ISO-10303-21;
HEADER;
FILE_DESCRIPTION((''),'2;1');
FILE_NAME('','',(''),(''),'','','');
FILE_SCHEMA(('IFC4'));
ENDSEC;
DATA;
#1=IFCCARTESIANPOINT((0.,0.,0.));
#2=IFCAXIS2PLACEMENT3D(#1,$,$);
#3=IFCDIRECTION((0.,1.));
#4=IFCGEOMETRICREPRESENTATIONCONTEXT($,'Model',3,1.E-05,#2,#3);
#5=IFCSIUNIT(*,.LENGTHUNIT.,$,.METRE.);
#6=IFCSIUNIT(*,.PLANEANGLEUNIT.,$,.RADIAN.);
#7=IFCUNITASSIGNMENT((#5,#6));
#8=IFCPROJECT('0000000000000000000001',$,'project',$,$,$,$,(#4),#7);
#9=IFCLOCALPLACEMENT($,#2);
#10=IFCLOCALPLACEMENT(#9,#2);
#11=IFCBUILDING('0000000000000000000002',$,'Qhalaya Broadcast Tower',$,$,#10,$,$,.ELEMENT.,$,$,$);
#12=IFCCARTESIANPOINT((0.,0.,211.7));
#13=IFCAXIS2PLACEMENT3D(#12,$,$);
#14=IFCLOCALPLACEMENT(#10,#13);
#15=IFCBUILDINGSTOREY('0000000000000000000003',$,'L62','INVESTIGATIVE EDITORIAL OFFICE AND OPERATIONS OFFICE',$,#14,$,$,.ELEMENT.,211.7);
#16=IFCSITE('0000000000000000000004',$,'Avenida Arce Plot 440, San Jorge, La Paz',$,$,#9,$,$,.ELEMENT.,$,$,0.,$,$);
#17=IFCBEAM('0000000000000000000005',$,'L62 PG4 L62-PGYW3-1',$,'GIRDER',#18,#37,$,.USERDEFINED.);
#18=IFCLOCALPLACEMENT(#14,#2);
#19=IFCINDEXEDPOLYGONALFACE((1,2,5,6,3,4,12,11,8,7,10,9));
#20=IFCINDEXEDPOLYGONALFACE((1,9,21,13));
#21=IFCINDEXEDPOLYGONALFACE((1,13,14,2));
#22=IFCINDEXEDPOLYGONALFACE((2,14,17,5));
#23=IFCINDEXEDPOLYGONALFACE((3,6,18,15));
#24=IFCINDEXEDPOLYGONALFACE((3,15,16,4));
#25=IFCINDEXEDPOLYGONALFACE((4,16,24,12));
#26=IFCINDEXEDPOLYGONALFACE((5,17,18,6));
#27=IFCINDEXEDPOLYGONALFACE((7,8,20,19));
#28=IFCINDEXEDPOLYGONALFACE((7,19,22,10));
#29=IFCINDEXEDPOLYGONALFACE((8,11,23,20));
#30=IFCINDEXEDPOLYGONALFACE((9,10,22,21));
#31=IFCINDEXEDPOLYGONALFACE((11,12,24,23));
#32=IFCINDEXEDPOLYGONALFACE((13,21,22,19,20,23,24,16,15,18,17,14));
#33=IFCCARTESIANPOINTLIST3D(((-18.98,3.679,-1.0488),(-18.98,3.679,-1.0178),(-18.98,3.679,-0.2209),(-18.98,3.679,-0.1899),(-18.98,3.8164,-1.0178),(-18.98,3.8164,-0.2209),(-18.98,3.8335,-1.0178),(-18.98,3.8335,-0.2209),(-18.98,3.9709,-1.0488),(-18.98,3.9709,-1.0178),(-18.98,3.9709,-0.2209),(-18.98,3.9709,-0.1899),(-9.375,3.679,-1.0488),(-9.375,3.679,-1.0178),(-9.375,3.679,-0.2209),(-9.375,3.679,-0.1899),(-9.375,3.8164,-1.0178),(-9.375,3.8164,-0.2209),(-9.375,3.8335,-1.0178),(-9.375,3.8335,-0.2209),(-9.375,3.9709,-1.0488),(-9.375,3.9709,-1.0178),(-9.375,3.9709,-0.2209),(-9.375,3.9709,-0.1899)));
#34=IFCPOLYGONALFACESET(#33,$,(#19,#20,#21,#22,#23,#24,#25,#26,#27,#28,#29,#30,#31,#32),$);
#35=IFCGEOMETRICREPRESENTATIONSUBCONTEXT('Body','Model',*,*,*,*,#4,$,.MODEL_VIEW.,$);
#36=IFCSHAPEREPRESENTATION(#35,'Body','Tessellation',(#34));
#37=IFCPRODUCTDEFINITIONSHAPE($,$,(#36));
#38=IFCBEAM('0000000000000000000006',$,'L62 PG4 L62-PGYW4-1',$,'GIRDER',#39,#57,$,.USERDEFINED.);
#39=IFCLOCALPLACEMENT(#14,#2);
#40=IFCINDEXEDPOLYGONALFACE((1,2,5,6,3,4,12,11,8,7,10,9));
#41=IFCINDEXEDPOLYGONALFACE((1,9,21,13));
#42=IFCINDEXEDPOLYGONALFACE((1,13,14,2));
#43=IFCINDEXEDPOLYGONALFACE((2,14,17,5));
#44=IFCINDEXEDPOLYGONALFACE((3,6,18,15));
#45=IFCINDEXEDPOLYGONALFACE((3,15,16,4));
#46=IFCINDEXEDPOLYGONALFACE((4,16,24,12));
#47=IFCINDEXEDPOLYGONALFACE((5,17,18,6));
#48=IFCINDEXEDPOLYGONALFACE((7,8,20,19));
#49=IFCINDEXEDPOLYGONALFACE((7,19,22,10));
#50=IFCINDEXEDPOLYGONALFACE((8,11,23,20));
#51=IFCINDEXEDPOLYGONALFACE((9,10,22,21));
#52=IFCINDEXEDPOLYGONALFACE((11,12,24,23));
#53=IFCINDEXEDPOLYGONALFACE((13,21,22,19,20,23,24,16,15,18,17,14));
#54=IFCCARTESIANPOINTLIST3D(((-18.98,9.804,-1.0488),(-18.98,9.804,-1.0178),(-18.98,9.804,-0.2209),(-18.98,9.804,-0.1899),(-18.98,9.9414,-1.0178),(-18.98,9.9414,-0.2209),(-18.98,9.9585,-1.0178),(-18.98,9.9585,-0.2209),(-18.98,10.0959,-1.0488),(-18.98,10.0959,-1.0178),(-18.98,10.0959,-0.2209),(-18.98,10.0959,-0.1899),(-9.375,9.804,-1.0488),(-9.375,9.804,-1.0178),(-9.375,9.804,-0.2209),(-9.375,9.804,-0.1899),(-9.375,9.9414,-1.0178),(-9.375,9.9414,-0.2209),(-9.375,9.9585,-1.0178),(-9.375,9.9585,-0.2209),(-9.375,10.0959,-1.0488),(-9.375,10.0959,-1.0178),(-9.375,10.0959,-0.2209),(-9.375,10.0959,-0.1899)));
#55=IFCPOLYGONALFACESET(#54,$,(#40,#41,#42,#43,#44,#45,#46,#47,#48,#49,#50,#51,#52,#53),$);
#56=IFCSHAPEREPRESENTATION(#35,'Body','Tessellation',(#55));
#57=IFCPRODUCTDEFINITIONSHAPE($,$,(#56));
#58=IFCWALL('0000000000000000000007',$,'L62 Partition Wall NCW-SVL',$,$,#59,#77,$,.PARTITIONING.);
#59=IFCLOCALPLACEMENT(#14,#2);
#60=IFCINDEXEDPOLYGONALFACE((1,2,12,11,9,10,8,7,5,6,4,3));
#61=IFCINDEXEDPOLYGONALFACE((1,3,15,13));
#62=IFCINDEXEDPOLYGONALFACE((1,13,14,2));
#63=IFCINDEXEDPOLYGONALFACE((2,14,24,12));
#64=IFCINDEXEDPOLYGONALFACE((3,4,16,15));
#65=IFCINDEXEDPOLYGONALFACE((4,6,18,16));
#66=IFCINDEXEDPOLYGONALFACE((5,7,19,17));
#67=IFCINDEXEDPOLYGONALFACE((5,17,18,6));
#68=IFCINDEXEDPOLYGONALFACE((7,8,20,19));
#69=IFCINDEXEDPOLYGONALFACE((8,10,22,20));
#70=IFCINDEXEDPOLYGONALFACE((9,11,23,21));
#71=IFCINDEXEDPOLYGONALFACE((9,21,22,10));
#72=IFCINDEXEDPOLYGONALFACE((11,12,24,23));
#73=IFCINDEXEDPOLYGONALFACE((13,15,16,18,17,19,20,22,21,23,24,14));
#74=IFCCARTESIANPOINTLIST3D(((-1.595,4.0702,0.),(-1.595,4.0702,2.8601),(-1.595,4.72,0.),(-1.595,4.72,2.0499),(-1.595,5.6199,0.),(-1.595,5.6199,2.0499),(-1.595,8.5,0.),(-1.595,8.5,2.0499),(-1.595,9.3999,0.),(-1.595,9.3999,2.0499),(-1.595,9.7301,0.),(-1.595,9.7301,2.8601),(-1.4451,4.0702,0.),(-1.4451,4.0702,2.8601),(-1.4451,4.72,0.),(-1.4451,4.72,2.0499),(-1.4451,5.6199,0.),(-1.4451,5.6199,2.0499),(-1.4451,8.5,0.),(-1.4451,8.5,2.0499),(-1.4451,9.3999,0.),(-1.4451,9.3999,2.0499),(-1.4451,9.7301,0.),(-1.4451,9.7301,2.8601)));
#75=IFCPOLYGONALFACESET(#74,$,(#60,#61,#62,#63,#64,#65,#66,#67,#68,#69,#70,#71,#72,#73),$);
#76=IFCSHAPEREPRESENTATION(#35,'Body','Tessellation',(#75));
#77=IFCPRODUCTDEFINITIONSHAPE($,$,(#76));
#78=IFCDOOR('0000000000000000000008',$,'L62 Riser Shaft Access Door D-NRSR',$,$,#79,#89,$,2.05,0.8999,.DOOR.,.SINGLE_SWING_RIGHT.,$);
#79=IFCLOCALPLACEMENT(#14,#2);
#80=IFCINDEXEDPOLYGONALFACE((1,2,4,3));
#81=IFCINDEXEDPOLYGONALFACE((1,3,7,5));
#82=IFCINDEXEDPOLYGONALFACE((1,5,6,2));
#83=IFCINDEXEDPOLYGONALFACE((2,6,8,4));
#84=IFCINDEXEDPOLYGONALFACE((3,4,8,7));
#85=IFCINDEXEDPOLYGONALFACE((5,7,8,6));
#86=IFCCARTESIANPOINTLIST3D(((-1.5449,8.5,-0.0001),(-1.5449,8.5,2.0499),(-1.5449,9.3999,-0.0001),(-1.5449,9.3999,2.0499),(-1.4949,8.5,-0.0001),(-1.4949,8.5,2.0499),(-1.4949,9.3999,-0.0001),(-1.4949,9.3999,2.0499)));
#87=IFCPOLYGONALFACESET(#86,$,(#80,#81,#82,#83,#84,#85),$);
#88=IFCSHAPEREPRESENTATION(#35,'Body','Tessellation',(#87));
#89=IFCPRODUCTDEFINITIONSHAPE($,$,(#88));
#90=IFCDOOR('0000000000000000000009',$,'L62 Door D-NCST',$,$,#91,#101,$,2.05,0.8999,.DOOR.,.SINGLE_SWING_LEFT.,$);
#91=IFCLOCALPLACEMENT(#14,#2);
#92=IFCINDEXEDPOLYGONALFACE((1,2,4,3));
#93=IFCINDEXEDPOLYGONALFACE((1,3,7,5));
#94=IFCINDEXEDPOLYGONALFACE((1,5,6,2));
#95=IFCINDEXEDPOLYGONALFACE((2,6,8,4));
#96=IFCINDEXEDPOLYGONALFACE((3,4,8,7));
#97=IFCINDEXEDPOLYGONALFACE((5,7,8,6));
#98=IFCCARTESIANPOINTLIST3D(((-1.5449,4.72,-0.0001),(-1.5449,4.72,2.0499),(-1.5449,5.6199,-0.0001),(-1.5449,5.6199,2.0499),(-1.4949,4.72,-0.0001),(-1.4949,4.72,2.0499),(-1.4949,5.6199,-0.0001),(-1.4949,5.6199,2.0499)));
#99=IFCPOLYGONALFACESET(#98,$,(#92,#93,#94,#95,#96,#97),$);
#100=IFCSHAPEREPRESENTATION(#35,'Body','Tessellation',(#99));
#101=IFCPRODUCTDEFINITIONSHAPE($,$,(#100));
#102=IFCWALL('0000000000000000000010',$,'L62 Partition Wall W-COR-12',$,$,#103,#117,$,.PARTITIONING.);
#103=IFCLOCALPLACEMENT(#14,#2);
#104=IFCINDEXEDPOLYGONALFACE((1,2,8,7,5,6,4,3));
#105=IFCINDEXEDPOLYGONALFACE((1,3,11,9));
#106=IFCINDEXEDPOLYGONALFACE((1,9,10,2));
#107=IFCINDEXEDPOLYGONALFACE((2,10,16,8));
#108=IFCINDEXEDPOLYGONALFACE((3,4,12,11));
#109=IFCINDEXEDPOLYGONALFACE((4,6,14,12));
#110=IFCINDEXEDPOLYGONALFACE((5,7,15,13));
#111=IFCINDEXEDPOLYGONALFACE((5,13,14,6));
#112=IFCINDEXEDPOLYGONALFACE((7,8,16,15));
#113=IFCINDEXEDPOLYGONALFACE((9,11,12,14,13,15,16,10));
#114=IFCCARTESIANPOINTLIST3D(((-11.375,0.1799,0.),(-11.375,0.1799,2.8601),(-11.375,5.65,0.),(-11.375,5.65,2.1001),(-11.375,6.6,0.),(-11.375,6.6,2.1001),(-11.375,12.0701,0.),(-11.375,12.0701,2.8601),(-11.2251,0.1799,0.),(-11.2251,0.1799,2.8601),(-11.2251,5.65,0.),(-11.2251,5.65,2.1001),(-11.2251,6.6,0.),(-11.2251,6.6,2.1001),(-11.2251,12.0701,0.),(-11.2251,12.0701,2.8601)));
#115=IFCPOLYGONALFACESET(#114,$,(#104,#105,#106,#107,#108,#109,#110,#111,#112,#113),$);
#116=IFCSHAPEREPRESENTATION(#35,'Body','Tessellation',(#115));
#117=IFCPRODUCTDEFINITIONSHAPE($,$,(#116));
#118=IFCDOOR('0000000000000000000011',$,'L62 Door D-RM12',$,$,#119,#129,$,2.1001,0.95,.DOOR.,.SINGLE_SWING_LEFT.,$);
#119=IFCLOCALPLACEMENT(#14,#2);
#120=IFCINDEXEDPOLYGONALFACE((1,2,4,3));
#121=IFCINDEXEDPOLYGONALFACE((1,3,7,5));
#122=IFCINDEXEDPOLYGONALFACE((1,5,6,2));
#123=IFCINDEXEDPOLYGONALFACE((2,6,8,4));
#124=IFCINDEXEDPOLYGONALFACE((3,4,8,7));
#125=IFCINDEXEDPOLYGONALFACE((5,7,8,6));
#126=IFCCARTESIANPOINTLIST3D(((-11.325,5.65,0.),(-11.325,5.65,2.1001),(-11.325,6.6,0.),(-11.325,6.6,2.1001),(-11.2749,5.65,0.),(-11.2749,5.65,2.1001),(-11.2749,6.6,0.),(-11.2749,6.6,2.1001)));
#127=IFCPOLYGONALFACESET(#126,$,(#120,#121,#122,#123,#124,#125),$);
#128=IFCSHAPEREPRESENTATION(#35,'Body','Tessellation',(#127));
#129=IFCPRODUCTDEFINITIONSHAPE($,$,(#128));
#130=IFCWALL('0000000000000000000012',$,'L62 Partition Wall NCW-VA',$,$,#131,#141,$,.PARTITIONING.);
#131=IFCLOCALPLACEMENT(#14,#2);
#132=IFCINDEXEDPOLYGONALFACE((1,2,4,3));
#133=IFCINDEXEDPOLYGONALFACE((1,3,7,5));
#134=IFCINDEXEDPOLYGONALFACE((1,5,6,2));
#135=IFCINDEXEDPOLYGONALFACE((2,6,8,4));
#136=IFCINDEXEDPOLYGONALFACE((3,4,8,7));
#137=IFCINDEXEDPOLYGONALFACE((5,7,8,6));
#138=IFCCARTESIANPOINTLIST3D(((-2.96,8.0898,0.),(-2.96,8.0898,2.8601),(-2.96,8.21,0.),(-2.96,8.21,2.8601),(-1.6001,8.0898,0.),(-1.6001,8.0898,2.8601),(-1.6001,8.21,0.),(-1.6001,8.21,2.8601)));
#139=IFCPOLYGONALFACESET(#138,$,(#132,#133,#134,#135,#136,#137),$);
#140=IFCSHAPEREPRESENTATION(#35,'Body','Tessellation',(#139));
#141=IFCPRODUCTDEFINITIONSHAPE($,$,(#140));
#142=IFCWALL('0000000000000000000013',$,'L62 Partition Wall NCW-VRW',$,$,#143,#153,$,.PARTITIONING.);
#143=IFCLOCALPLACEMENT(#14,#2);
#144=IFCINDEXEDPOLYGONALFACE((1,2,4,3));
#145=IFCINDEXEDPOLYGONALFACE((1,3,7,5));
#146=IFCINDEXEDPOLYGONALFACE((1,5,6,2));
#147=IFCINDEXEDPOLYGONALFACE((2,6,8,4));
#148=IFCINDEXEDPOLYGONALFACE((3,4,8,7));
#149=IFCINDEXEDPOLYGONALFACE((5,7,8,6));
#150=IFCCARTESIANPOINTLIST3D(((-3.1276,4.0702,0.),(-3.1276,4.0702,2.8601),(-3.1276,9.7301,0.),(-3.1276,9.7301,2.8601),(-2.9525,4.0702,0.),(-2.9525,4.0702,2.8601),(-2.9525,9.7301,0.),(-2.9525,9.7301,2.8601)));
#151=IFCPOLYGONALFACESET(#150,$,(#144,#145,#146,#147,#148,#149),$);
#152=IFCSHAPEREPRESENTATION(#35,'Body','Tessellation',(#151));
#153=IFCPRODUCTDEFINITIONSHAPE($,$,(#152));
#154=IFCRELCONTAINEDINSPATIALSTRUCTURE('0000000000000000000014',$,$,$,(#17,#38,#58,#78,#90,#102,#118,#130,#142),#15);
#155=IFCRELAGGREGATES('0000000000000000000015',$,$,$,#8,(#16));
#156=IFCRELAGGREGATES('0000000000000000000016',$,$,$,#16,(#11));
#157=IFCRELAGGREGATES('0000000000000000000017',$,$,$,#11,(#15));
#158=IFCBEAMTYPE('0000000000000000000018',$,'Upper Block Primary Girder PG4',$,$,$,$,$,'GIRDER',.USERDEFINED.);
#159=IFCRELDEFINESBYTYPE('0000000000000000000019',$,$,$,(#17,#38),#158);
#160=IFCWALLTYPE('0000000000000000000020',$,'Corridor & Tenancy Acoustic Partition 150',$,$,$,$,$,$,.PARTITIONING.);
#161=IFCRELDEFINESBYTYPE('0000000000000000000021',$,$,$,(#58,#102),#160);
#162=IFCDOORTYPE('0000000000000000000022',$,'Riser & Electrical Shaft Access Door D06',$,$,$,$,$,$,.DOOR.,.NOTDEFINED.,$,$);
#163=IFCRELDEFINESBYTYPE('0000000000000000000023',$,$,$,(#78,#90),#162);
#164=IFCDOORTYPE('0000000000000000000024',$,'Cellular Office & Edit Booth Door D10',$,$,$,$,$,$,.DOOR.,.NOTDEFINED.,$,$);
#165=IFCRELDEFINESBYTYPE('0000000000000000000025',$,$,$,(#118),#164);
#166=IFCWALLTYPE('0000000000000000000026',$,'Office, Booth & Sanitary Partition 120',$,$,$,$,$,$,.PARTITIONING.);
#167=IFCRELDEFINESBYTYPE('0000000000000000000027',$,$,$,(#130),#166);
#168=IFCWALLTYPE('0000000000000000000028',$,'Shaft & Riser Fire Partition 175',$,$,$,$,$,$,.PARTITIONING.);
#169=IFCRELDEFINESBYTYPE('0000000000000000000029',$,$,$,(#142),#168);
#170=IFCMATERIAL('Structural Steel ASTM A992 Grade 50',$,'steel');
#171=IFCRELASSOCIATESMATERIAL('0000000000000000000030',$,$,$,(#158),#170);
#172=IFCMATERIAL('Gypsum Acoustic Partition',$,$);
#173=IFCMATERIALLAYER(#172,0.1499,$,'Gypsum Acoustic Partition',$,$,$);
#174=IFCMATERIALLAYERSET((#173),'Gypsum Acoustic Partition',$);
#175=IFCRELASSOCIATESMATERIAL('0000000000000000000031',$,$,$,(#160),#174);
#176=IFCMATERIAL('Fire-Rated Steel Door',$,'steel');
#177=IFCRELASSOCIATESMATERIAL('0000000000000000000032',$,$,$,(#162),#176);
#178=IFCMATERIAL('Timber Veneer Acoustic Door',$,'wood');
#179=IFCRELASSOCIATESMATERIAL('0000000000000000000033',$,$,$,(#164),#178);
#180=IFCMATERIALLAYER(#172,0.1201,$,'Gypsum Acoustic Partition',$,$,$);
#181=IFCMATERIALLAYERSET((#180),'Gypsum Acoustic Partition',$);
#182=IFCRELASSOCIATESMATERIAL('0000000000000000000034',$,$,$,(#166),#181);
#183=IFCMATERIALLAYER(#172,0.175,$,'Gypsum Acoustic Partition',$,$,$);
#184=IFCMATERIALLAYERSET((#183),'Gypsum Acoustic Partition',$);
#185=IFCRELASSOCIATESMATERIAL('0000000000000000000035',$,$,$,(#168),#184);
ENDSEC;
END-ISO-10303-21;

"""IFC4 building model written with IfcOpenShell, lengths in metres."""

from ifc_helpers import new_model, si_unit, direction, frame, frame_2d, origin, origin_2d, place, context, subcontext, project, spatial, rectangle, i_section, extrude, material, layer, layer_set, material_profile, profile_set, type_object, element, fill, save


model = new_model("IFC4")

# Units and contexts
model_context = context("Model", 3, precision=1e-05, world=origin(), true_north=direction((0.0, 1.0)))
body_context = subcontext(model_context, "Body", "Model", "MODEL_VIEW")
ifc_project = project(units=[si_unit("LENGTHUNIT", "METRE"), si_unit("PLANEANGLEUNIT", "RADIAN")], contexts=[model_context])

# Site, building, storey
site_placement = place(None, origin())
site = spatial("IfcSite", under=ifc_project, at=site_placement, Name="Avenida Arce Plot 440, San Jorge, La Paz", CompositionType="ELEMENT", RefElevation=0.0)
building_placement = place(site_placement, origin())
building = spatial("IfcBuilding", under=site, at=building_placement, Name="Qhalaya Broadcast Tower", CompositionType="ELEMENT")
storey_placement = place(building_placement, frame((0.0, 0.0, 211.7)))
storey = spatial("IfcBuildingStorey", under=building, at=storey_placement, Name="L62", Description="INVESTIGATIVE EDITORIAL OFFICE AND OPERATIONS OFFICE", CompositionType="ELEMENT", Elevation=211.7)

# Beams
ifc_material_1 = material(Name="Structural Steel ASTM A992 Grade 50", Category="steel")
ifc_material_profile_1 = material_profile(ifc_material_1, i_section(OverallWidth=0.292, OverallDepth=0.8589, WebThickness=0.0171, FlangeThickness=0.031, at=origin_2d()), Name="W33X169")
ifc_profile_set_1 = profile_set([ifc_material_profile_1], Name="Structural Steel ASTM A992 Grade 50")
beam_type_1 = type_object("IfcBeamType", Name="Upper Block Primary Girder PG4", ElementType="GIRDER", PredefinedType="USERDEFINED", material=ifc_profile_set_1)
for number, where, z_axis, x_axis, name in (
    (1, (-18.98, 3.825, -0.6194), (1.0, 0.0, 0.0), (0.0, 1.0, 0.0), "L62 PG4 L62-PGYW3-1"),
    (2, (-18.98, 9.95, -0.6194), (1.0, 0.0, 0.0), (0.0, 1.0, 0.0), "L62 PG4 L62-PGYW4-1"),
):
    element("IfcBeam", number, at=place(storey_placement, frame(where, z_axis=z_axis, x_axis=x_axis)), inside=storey, type_object=beam_type_1, Name=name, ObjectType="GIRDER", PredefinedType="USERDEFINED", context=body_context, shape_type="SweptSolid", body=[
        extrude(i_section(OverallWidth=0.292, OverallDepth=0.8589, WebThickness=0.0171, FlangeThickness=0.031, at=origin_2d()), origin(), (0.0, 0.0, 1.0), 9.605),
    ])

# Wall, openings, doors
ifc_material_2 = material(Name="Gypsum Acoustic Partition")
ifc_layer_1 = layer(ifc_material_2, 0.1499, Name="Gypsum Acoustic Partition")
ifc_layer_set_1 = layer_set([ifc_layer_1], Name="Gypsum Acoustic Partition")
wall_type_1 = type_object("IfcWallType", Name="Corridor & Tenancy Acoustic Partition 150", PredefinedType="PARTITIONING", material=ifc_layer_set_1)
wall_1_placement = place(storey_placement, frame((-1.52, 4.0701, 0.0), z_axis=(0.0, 0.0, 1.0), x_axis=(0.0, 1.0, 0.0)))
wall_1 = element("IfcWall", 3, at=wall_1_placement, inside=storey, type_object=wall_type_1, Name="L62 Partition Wall NCW-SVL", PredefinedType="PARTITIONING", context=body_context, shape_type="SweptSolid", body=[
    extrude(rectangle(XDim=5.6599, YDim=0.1499, at=frame_2d((2.8301, 0.0))), origin(), (0.0, 0.0, 1.0), 2.8601),
])
opening_1_placement = place(wall_1_placement, frame((4.4299, 0.0, 0.0)))
opening_1 = element("IfcOpeningElement", 4, at=opening_1_placement, cuts=wall_1, PredefinedType="OPENING", context=body_context, shape_type="SweptSolid", body=[
    extrude(rectangle(XDim=0.8999, YDim=2.05, at=frame_2d((0.45, 1.0249))), frame((0.0, 0.0869, 0.0), z_axis=(0.0, -1.0, 0.0), x_axis=(1.0, 0.0, 0.0)), (0.0, 0.0, 1.0), 0.1738),
])
opening_2_placement = place(wall_1_placement, frame((0.6499, 0.0, 0.0)))
opening_2 = element("IfcOpeningElement", 5, at=opening_2_placement, cuts=wall_1, PredefinedType="OPENING", context=body_context, shape_type="SweptSolid", body=[
    extrude(rectangle(XDim=0.8999, YDim=2.05, at=frame_2d((0.45, 1.0249))), frame((0.0, 0.0869, 0.0), z_axis=(0.0, -1.0, 0.0), x_axis=(1.0, 0.0, 0.0)), (0.0, 0.0, 1.0), 0.1738),
])
ifc_material_3 = material(Name="Fire-Rated Steel Door", Category="steel")
door_type_1 = type_object("IfcDoorType", Name="Riser & Electrical Shaft Access Door D06", OperationType="NOTDEFINED", PredefinedType="DOOR", material=ifc_material_3)
door_1_placement = place(opening_1_placement, origin())
door_1 = element("IfcDoor", 6, at=door_1_placement, inside=storey, type_object=door_type_1, Name="L62 Riser Shaft Access Door D-NRSR", OperationType="SINGLE_SWING_RIGHT", OverallHeight=2.05, OverallWidth=0.8999, PredefinedType="DOOR", context=body_context, shape_type="SweptSolid", body=[
    extrude(rectangle(XDim=0.8999, YDim=2.05, at=frame_2d((0.45, 1.0249))), frame((0.0, 0.0249, 0.0), z_axis=(0.0, -1.0, 0.0), x_axis=(1.0, 0.0, 0.0)), (0.0, 0.0, 1.0), 0.05),
])
fill(opening_1, door_1)
door_2_placement = place(opening_2_placement, origin())
door_2 = element("IfcDoor", 7, at=door_2_placement, inside=storey, type_object=door_type_1, Name="L62 Door D-NCST", OperationType="SINGLE_SWING_LEFT", OverallHeight=2.05, OverallWidth=0.8999, PredefinedType="DOOR", context=body_context, shape_type="SweptSolid", body=[
    extrude(rectangle(XDim=0.8999, YDim=2.05, at=frame_2d((0.45, 1.0249))), frame((0.0, 0.0249, 0.0), z_axis=(0.0, -1.0, 0.0), x_axis=(1.0, 0.0, 0.0)), (0.0, 0.0, 1.0), 0.05),
])
fill(opening_2, door_2)

# Wall, opening, door
wall_2_placement = place(storey_placement, frame((-11.3, 0.1799, 0.0), z_axis=(0.0, 0.0, 1.0), x_axis=(0.0, 1.0, 0.0)))
wall_2 = element("IfcWall", 8, at=wall_2_placement, inside=storey, type_object=wall_type_1, Name="L62 Partition Wall W-COR-12", PredefinedType="PARTITIONING", context=body_context, shape_type="SweptSolid", body=[
    extrude(rectangle(XDim=11.8901, YDim=0.1499, at=frame_2d((5.9451, 0.0))), origin(), (0.0, 0.0, 1.0), 2.8601),
])
opening_3_placement = place(wall_2_placement, frame((5.47, 0.0, 0.0)))
opening_3 = element("IfcOpeningElement", 9, at=opening_3_placement, cuts=wall_2, PredefinedType="OPENING", context=body_context, shape_type="SweptSolid", body=[
    extrude(rectangle(XDim=0.95, YDim=2.1001, at=frame_2d((0.4751, 1.05))), frame((0.0, 0.0869, 0.0), z_axis=(0.0, -1.0, 0.0), x_axis=(1.0, 0.0, 0.0)), (0.0, 0.0, 1.0), 0.1738),
])
ifc_material_4 = material(Name="Timber Veneer Acoustic Door", Category="wood")
door_type_2 = type_object("IfcDoorType", Name="Cellular Office & Edit Booth Door D10", OperationType="NOTDEFINED", PredefinedType="DOOR", material=ifc_material_4)
door_3_placement = place(opening_3_placement, origin())
door_3 = element("IfcDoor", 10, at=door_3_placement, inside=storey, type_object=door_type_2, Name="L62 Door D-RM12", OperationType="SINGLE_SWING_LEFT", OverallHeight=2.1001, OverallWidth=0.95, PredefinedType="DOOR", context=body_context, shape_type="SweptSolid", body=[
    extrude(rectangle(XDim=0.95, YDim=2.1001, at=frame_2d((0.4751, 1.05))), frame((0.0, 0.0249, 0.0), z_axis=(0.0, -1.0, 0.0), x_axis=(1.0, 0.0, 0.0)), (0.0, 0.0, 1.0), 0.05),
])
fill(opening_3, door_3)

# Walls
ifc_layer_2 = layer(ifc_material_2, 0.1201, Name="Gypsum Acoustic Partition")
ifc_layer_set_2 = layer_set([ifc_layer_2], Name="Gypsum Acoustic Partition")
wall_type_2 = type_object("IfcWallType", Name="Office, Booth & Sanitary Partition 120", PredefinedType="PARTITIONING", material=ifc_layer_set_2)
wall_3_placement = place(storey_placement, frame((-2.96, 8.1499, 0.0), z_axis=(0.0, 0.0, 1.0), x_axis=(1.0, 0.0, 0.0)))
element("IfcWall", 11, at=wall_3_placement, inside=storey, type_object=wall_type_2, Name="L62 Partition Wall NCW-VA", PredefinedType="PARTITIONING", context=body_context, shape_type="SweptSolid", body=[
    extrude(rectangle(XDim=1.3599, YDim=0.1201, at=frame_2d((0.6799, 0.0))), origin(), (0.0, 0.0, 1.0), 2.8601),
])
ifc_layer_3 = layer(ifc_material_2, 0.175, Name="Gypsum Acoustic Partition")
ifc_layer_set_3 = layer_set([ifc_layer_3], Name="Gypsum Acoustic Partition")
wall_type_3 = type_object("IfcWallType", Name="Shaft & Riser Fire Partition 175", PredefinedType="PARTITIONING", material=ifc_layer_set_3)
wall_4_placement = place(storey_placement, frame((-3.04, 4.0701, 0.0), z_axis=(0.0, 0.0, 1.0), x_axis=(0.0, 1.0, 0.0)))
element("IfcWall", 12, at=wall_4_placement, inside=storey, type_object=wall_type_3, Name="L62 Partition Wall NCW-VRW", PredefinedType="PARTITIONING", context=body_context, shape_type="SweptSolid", body=[
    extrude(rectangle(XDim=5.6599, YDim=0.175, at=frame_2d((2.8301, 0.0))), origin(), (0.0, 0.0, 1.0), 2.8601),
])

save(model, "model.ifc")
